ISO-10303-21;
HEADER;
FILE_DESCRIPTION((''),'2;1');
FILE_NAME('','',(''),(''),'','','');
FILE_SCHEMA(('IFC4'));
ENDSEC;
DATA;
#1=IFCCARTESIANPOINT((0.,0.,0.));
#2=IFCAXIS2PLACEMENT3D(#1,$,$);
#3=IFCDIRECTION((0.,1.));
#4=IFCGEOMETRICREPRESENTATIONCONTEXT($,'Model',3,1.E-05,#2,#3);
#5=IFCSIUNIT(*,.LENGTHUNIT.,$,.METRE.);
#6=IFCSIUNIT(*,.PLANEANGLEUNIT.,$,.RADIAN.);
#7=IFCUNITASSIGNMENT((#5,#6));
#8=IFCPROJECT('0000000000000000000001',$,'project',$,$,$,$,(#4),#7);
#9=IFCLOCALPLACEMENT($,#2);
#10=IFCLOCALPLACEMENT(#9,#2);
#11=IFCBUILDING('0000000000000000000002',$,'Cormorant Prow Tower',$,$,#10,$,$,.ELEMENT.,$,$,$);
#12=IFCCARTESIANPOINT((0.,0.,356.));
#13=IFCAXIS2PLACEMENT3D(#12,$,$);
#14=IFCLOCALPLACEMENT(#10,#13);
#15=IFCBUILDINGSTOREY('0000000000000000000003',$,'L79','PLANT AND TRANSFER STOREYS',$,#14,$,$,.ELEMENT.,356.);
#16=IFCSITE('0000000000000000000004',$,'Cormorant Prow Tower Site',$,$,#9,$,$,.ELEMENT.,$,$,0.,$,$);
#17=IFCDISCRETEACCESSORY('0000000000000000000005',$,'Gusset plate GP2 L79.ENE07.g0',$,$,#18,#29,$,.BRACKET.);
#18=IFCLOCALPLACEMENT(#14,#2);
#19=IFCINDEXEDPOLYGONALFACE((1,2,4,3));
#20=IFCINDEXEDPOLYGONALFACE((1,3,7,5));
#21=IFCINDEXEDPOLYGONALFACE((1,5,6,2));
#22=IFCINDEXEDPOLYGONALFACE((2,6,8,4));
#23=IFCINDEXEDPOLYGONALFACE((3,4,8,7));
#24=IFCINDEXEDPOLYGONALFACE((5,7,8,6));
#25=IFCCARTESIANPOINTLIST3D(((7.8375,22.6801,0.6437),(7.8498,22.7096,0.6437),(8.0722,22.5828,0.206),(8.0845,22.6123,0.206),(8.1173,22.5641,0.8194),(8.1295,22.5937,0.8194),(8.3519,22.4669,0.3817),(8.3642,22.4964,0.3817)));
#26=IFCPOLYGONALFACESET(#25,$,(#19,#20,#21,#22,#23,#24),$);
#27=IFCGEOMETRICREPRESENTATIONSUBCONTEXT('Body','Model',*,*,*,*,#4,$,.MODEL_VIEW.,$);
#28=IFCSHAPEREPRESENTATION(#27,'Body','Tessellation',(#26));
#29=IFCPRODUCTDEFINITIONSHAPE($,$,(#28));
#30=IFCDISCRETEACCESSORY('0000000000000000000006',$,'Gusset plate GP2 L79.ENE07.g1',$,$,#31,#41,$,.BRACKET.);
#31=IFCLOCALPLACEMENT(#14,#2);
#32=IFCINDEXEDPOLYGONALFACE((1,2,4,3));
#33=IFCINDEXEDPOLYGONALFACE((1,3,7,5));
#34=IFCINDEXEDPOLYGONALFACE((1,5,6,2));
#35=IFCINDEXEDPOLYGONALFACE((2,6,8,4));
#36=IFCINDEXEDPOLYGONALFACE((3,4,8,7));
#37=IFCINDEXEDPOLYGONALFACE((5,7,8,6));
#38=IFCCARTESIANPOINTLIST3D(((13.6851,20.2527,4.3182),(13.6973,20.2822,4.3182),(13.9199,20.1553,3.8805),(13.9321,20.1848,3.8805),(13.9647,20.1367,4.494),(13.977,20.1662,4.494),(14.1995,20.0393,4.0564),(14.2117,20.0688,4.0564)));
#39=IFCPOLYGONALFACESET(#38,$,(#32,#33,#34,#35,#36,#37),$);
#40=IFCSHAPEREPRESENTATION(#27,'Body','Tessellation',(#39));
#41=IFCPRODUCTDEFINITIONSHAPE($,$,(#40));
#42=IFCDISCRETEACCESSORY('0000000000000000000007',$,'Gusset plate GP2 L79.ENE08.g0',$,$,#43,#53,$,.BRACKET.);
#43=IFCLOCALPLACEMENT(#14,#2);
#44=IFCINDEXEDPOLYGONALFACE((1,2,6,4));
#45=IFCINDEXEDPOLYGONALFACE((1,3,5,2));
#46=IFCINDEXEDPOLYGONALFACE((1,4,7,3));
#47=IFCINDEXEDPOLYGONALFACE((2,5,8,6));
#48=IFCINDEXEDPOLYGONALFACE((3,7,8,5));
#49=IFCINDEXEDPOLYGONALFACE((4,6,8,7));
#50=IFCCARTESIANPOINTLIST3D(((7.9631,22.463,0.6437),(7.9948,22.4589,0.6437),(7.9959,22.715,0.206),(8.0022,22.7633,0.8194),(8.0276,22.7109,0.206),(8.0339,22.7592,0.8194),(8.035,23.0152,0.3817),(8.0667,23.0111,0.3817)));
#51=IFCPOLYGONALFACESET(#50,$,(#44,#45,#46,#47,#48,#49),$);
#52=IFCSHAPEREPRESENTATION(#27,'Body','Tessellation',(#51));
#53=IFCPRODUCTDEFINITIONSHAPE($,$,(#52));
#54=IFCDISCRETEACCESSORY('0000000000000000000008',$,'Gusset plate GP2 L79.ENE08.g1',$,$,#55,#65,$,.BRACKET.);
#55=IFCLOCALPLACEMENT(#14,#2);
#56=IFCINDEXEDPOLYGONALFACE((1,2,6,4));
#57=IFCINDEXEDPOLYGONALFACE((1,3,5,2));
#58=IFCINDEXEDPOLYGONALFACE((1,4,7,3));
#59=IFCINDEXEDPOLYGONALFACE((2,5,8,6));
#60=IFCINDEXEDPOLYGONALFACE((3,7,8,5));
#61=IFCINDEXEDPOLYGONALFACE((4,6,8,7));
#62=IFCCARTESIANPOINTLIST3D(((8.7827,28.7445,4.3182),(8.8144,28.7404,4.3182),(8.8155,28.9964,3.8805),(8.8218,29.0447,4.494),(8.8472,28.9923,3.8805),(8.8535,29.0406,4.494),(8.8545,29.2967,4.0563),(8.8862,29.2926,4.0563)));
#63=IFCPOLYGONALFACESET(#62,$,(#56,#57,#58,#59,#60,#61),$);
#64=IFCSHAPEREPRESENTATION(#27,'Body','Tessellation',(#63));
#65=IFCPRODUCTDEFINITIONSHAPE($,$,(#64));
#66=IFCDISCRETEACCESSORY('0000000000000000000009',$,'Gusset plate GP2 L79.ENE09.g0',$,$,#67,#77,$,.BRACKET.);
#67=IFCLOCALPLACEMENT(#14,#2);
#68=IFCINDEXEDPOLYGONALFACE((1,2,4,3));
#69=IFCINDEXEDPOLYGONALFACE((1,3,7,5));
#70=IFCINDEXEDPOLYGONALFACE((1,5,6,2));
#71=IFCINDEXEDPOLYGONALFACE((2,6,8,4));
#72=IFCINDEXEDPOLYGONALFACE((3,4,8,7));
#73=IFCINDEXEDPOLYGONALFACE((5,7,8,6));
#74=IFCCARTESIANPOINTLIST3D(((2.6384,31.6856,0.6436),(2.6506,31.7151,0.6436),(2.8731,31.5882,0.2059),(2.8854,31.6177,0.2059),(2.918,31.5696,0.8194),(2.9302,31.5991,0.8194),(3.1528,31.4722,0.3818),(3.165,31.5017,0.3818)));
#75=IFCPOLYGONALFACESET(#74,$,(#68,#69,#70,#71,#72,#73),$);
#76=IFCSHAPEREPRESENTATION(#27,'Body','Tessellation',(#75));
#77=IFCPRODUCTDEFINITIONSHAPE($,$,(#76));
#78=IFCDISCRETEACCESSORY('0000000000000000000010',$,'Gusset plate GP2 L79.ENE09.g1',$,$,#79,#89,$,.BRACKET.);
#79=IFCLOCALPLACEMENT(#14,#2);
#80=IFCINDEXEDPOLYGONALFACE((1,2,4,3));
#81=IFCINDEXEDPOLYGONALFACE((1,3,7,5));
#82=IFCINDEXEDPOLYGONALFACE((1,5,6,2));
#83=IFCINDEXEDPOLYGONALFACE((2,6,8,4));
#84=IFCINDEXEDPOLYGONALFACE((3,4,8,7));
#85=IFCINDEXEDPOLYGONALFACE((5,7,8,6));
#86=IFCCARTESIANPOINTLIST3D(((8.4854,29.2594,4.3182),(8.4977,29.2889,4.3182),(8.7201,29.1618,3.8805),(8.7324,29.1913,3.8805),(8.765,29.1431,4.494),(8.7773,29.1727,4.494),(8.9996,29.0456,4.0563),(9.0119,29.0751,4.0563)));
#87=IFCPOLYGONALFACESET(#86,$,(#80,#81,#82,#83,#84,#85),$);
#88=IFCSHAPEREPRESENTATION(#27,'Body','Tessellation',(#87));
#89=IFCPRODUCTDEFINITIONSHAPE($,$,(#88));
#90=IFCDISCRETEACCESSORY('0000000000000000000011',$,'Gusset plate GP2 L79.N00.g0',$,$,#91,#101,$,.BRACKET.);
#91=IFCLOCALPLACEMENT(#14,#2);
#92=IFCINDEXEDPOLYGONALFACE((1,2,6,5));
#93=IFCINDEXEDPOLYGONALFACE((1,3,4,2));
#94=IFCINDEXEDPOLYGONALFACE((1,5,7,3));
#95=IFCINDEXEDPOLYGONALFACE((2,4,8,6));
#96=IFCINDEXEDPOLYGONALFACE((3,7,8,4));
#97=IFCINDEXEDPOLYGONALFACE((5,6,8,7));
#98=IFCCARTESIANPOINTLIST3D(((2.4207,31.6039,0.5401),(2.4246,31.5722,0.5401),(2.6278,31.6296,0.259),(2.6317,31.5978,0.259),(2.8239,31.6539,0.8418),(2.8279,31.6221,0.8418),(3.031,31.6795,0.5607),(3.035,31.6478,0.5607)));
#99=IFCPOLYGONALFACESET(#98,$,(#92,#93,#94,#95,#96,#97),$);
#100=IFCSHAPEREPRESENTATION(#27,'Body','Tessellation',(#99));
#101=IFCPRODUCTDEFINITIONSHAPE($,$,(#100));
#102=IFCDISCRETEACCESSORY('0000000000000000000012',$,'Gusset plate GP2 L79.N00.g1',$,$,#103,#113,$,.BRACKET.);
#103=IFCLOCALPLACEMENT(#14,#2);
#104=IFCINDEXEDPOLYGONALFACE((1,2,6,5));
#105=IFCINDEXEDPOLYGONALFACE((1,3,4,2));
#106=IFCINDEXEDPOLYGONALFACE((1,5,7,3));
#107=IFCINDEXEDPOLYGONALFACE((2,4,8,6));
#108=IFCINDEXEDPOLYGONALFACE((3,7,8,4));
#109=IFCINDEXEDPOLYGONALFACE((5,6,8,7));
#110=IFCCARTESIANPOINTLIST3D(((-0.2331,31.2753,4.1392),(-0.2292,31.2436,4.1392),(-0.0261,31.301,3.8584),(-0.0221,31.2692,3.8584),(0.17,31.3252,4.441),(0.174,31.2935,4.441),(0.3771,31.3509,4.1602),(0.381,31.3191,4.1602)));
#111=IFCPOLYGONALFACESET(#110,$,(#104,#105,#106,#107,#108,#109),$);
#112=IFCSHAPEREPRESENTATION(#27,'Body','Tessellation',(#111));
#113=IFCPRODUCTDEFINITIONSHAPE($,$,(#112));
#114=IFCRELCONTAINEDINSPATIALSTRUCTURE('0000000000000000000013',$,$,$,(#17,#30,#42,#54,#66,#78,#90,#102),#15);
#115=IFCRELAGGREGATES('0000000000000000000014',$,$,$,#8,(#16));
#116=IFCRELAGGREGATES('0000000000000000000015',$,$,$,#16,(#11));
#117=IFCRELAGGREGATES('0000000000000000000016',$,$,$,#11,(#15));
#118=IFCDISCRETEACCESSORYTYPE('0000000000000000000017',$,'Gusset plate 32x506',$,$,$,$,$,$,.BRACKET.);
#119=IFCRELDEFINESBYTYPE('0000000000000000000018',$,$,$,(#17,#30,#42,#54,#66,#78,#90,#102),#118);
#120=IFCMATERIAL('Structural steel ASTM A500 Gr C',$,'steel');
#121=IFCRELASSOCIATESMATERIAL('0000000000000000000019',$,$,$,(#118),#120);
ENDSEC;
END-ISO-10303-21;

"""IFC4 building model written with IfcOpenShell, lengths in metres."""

from ifc_helpers import new_model, si_unit, direction, frame, origin, origin_2d, place, context, subcontext, project, spatial, rectangle, extrude, material, material_profile, profile_set, type_object, element, save


model = new_model("IFC4")

# Units and contexts
model_context = context("Model", 3, precision=1e-05, world=origin(), true_north=direction((0.0, 1.0)))
body_context = subcontext(model_context, "Body", "Model", "MODEL_VIEW")
ifc_project = project(units=[si_unit("LENGTHUNIT", "METRE"), si_unit("PLANEANGLEUNIT", "RADIAN")], contexts=[model_context])

# Site, building, storey
site_placement = place(None, origin())
site = spatial("IfcSite", under=ifc_project, at=site_placement, Name="Cormorant Prow Tower Site", CompositionType="ELEMENT", RefElevation=0.0)
building_placement = place(site_placement, origin())
building = spatial("IfcBuilding", under=site, at=building_placement, Name="Cormorant Prow Tower", CompositionType="ELEMENT")
storey_placement = place(building_placement, frame((0.0, 0.0, 356.0)))
storey = spatial("IfcBuildingStorey", under=building, at=storey_placement, Name="L79", Description="PLANT AND TRANSFER STOREYS", CompositionType="ELEMENT", Elevation=356.0)

# Discrete accessories
ifc_material_1 = material(Name="Structural steel ASTM A500 Gr C", Category="steel")
ifc_material_profile_1 = material_profile(ifc_material_1, rectangle(XDim=0.032, YDim=0.5061, at=origin_2d()), Name="Gusset plate 32x506")
ifc_profile_set_1 = profile_set([ifc_material_profile_1], Name="Structural steel ASTM A500 Gr C")
discrete_accessory_type_1 = type_object("IfcDiscreteAccessoryType", Name="Gusset plate 32x506", PredefinedType="BRACKET", material=ifc_profile_set_1)
for number, where, z_axis, x_axis, name in (
    (1, (8.2407, 22.5303, 0.6006), (-0.798972, 0.331162, -0.501972), (-0.382898, -0.923791, 0.0), "Gusset plate GP2 L79.ENE07.g0"),
    (2, (13.8086, 20.2188, 4.0994), (0.79872, -0.331347, 0.502252), (0.383183, 0.923672, 0.0), "Gusset plate GP2 L79.ENE07.g1"),
    (3, (8.0344, 22.8872, 0.6006), (-0.111561, -0.857627, -0.502026), (0.991645, -0.128995, 0.0), "Gusset plate GP2 L79.ENE08.g0"),
    (4, (8.8149, 28.8684, 4.0994), (0.111561, 0.857627, 0.502026), (-0.991645, 0.128995, 0.0), "Gusset plate GP2 L79.ENE08.g1"),
    (5, (3.0415, 31.5356, 0.6006), (-0.79872, 0.331347, -0.502252), (-0.383183, -0.923672, 0.0), "Gusset plate GP2 L79.ENE09.g0"),
    (6, (8.6089, 29.2253, 4.0994), (0.798535, -0.331967, 0.502135), (0.383871, 0.923387, 0.0), "Gusset plate GP2 L79.ENE09.g1"),
    (7, (2.6243, 31.613, 0.6909), (0.591558, 0.073247, -0.802928), (-0.122882, 0.992421, 0.0), "Gusset plate GP2 L79.N00.g0"),
):
    element("IfcDiscreteAccessory", number, at=place(storey_placement, frame(where, z_axis=z_axis, x_axis=x_axis)), inside=storey, type_object=discrete_accessory_type_1, Name=name, PredefinedType="BRACKET", context=body_context, shape_type="SweptSolid", body=[
        extrude(rectangle(XDim=0.032, YDim=0.5061, at=origin_2d()), origin(), (0.0, 0.0, 1.0), 0.3501),
    ])
discrete_accessory_placement = place(storey_placement, frame((0.1775, 31.3101, 4.0093), z_axis=(-0.591889, -0.073288, 0.80268), x_axis=(0.122882, -0.992421, 0.0)))
element("IfcDiscreteAccessory", 8, at=discrete_accessory_placement, inside=storey, type_object=discrete_accessory_type_1, Name="Gusset plate GP2 L79.N00.g1", PredefinedType="BRACKET", context=body_context, shape_type="SweptSolid", body=[
    extrude(rectangle(XDim=0.032, YDim=0.5061, at=origin_2d()), origin(), (0.0, 0.0, 1.0), 0.3499),
])

save(model, "model.ifc")
